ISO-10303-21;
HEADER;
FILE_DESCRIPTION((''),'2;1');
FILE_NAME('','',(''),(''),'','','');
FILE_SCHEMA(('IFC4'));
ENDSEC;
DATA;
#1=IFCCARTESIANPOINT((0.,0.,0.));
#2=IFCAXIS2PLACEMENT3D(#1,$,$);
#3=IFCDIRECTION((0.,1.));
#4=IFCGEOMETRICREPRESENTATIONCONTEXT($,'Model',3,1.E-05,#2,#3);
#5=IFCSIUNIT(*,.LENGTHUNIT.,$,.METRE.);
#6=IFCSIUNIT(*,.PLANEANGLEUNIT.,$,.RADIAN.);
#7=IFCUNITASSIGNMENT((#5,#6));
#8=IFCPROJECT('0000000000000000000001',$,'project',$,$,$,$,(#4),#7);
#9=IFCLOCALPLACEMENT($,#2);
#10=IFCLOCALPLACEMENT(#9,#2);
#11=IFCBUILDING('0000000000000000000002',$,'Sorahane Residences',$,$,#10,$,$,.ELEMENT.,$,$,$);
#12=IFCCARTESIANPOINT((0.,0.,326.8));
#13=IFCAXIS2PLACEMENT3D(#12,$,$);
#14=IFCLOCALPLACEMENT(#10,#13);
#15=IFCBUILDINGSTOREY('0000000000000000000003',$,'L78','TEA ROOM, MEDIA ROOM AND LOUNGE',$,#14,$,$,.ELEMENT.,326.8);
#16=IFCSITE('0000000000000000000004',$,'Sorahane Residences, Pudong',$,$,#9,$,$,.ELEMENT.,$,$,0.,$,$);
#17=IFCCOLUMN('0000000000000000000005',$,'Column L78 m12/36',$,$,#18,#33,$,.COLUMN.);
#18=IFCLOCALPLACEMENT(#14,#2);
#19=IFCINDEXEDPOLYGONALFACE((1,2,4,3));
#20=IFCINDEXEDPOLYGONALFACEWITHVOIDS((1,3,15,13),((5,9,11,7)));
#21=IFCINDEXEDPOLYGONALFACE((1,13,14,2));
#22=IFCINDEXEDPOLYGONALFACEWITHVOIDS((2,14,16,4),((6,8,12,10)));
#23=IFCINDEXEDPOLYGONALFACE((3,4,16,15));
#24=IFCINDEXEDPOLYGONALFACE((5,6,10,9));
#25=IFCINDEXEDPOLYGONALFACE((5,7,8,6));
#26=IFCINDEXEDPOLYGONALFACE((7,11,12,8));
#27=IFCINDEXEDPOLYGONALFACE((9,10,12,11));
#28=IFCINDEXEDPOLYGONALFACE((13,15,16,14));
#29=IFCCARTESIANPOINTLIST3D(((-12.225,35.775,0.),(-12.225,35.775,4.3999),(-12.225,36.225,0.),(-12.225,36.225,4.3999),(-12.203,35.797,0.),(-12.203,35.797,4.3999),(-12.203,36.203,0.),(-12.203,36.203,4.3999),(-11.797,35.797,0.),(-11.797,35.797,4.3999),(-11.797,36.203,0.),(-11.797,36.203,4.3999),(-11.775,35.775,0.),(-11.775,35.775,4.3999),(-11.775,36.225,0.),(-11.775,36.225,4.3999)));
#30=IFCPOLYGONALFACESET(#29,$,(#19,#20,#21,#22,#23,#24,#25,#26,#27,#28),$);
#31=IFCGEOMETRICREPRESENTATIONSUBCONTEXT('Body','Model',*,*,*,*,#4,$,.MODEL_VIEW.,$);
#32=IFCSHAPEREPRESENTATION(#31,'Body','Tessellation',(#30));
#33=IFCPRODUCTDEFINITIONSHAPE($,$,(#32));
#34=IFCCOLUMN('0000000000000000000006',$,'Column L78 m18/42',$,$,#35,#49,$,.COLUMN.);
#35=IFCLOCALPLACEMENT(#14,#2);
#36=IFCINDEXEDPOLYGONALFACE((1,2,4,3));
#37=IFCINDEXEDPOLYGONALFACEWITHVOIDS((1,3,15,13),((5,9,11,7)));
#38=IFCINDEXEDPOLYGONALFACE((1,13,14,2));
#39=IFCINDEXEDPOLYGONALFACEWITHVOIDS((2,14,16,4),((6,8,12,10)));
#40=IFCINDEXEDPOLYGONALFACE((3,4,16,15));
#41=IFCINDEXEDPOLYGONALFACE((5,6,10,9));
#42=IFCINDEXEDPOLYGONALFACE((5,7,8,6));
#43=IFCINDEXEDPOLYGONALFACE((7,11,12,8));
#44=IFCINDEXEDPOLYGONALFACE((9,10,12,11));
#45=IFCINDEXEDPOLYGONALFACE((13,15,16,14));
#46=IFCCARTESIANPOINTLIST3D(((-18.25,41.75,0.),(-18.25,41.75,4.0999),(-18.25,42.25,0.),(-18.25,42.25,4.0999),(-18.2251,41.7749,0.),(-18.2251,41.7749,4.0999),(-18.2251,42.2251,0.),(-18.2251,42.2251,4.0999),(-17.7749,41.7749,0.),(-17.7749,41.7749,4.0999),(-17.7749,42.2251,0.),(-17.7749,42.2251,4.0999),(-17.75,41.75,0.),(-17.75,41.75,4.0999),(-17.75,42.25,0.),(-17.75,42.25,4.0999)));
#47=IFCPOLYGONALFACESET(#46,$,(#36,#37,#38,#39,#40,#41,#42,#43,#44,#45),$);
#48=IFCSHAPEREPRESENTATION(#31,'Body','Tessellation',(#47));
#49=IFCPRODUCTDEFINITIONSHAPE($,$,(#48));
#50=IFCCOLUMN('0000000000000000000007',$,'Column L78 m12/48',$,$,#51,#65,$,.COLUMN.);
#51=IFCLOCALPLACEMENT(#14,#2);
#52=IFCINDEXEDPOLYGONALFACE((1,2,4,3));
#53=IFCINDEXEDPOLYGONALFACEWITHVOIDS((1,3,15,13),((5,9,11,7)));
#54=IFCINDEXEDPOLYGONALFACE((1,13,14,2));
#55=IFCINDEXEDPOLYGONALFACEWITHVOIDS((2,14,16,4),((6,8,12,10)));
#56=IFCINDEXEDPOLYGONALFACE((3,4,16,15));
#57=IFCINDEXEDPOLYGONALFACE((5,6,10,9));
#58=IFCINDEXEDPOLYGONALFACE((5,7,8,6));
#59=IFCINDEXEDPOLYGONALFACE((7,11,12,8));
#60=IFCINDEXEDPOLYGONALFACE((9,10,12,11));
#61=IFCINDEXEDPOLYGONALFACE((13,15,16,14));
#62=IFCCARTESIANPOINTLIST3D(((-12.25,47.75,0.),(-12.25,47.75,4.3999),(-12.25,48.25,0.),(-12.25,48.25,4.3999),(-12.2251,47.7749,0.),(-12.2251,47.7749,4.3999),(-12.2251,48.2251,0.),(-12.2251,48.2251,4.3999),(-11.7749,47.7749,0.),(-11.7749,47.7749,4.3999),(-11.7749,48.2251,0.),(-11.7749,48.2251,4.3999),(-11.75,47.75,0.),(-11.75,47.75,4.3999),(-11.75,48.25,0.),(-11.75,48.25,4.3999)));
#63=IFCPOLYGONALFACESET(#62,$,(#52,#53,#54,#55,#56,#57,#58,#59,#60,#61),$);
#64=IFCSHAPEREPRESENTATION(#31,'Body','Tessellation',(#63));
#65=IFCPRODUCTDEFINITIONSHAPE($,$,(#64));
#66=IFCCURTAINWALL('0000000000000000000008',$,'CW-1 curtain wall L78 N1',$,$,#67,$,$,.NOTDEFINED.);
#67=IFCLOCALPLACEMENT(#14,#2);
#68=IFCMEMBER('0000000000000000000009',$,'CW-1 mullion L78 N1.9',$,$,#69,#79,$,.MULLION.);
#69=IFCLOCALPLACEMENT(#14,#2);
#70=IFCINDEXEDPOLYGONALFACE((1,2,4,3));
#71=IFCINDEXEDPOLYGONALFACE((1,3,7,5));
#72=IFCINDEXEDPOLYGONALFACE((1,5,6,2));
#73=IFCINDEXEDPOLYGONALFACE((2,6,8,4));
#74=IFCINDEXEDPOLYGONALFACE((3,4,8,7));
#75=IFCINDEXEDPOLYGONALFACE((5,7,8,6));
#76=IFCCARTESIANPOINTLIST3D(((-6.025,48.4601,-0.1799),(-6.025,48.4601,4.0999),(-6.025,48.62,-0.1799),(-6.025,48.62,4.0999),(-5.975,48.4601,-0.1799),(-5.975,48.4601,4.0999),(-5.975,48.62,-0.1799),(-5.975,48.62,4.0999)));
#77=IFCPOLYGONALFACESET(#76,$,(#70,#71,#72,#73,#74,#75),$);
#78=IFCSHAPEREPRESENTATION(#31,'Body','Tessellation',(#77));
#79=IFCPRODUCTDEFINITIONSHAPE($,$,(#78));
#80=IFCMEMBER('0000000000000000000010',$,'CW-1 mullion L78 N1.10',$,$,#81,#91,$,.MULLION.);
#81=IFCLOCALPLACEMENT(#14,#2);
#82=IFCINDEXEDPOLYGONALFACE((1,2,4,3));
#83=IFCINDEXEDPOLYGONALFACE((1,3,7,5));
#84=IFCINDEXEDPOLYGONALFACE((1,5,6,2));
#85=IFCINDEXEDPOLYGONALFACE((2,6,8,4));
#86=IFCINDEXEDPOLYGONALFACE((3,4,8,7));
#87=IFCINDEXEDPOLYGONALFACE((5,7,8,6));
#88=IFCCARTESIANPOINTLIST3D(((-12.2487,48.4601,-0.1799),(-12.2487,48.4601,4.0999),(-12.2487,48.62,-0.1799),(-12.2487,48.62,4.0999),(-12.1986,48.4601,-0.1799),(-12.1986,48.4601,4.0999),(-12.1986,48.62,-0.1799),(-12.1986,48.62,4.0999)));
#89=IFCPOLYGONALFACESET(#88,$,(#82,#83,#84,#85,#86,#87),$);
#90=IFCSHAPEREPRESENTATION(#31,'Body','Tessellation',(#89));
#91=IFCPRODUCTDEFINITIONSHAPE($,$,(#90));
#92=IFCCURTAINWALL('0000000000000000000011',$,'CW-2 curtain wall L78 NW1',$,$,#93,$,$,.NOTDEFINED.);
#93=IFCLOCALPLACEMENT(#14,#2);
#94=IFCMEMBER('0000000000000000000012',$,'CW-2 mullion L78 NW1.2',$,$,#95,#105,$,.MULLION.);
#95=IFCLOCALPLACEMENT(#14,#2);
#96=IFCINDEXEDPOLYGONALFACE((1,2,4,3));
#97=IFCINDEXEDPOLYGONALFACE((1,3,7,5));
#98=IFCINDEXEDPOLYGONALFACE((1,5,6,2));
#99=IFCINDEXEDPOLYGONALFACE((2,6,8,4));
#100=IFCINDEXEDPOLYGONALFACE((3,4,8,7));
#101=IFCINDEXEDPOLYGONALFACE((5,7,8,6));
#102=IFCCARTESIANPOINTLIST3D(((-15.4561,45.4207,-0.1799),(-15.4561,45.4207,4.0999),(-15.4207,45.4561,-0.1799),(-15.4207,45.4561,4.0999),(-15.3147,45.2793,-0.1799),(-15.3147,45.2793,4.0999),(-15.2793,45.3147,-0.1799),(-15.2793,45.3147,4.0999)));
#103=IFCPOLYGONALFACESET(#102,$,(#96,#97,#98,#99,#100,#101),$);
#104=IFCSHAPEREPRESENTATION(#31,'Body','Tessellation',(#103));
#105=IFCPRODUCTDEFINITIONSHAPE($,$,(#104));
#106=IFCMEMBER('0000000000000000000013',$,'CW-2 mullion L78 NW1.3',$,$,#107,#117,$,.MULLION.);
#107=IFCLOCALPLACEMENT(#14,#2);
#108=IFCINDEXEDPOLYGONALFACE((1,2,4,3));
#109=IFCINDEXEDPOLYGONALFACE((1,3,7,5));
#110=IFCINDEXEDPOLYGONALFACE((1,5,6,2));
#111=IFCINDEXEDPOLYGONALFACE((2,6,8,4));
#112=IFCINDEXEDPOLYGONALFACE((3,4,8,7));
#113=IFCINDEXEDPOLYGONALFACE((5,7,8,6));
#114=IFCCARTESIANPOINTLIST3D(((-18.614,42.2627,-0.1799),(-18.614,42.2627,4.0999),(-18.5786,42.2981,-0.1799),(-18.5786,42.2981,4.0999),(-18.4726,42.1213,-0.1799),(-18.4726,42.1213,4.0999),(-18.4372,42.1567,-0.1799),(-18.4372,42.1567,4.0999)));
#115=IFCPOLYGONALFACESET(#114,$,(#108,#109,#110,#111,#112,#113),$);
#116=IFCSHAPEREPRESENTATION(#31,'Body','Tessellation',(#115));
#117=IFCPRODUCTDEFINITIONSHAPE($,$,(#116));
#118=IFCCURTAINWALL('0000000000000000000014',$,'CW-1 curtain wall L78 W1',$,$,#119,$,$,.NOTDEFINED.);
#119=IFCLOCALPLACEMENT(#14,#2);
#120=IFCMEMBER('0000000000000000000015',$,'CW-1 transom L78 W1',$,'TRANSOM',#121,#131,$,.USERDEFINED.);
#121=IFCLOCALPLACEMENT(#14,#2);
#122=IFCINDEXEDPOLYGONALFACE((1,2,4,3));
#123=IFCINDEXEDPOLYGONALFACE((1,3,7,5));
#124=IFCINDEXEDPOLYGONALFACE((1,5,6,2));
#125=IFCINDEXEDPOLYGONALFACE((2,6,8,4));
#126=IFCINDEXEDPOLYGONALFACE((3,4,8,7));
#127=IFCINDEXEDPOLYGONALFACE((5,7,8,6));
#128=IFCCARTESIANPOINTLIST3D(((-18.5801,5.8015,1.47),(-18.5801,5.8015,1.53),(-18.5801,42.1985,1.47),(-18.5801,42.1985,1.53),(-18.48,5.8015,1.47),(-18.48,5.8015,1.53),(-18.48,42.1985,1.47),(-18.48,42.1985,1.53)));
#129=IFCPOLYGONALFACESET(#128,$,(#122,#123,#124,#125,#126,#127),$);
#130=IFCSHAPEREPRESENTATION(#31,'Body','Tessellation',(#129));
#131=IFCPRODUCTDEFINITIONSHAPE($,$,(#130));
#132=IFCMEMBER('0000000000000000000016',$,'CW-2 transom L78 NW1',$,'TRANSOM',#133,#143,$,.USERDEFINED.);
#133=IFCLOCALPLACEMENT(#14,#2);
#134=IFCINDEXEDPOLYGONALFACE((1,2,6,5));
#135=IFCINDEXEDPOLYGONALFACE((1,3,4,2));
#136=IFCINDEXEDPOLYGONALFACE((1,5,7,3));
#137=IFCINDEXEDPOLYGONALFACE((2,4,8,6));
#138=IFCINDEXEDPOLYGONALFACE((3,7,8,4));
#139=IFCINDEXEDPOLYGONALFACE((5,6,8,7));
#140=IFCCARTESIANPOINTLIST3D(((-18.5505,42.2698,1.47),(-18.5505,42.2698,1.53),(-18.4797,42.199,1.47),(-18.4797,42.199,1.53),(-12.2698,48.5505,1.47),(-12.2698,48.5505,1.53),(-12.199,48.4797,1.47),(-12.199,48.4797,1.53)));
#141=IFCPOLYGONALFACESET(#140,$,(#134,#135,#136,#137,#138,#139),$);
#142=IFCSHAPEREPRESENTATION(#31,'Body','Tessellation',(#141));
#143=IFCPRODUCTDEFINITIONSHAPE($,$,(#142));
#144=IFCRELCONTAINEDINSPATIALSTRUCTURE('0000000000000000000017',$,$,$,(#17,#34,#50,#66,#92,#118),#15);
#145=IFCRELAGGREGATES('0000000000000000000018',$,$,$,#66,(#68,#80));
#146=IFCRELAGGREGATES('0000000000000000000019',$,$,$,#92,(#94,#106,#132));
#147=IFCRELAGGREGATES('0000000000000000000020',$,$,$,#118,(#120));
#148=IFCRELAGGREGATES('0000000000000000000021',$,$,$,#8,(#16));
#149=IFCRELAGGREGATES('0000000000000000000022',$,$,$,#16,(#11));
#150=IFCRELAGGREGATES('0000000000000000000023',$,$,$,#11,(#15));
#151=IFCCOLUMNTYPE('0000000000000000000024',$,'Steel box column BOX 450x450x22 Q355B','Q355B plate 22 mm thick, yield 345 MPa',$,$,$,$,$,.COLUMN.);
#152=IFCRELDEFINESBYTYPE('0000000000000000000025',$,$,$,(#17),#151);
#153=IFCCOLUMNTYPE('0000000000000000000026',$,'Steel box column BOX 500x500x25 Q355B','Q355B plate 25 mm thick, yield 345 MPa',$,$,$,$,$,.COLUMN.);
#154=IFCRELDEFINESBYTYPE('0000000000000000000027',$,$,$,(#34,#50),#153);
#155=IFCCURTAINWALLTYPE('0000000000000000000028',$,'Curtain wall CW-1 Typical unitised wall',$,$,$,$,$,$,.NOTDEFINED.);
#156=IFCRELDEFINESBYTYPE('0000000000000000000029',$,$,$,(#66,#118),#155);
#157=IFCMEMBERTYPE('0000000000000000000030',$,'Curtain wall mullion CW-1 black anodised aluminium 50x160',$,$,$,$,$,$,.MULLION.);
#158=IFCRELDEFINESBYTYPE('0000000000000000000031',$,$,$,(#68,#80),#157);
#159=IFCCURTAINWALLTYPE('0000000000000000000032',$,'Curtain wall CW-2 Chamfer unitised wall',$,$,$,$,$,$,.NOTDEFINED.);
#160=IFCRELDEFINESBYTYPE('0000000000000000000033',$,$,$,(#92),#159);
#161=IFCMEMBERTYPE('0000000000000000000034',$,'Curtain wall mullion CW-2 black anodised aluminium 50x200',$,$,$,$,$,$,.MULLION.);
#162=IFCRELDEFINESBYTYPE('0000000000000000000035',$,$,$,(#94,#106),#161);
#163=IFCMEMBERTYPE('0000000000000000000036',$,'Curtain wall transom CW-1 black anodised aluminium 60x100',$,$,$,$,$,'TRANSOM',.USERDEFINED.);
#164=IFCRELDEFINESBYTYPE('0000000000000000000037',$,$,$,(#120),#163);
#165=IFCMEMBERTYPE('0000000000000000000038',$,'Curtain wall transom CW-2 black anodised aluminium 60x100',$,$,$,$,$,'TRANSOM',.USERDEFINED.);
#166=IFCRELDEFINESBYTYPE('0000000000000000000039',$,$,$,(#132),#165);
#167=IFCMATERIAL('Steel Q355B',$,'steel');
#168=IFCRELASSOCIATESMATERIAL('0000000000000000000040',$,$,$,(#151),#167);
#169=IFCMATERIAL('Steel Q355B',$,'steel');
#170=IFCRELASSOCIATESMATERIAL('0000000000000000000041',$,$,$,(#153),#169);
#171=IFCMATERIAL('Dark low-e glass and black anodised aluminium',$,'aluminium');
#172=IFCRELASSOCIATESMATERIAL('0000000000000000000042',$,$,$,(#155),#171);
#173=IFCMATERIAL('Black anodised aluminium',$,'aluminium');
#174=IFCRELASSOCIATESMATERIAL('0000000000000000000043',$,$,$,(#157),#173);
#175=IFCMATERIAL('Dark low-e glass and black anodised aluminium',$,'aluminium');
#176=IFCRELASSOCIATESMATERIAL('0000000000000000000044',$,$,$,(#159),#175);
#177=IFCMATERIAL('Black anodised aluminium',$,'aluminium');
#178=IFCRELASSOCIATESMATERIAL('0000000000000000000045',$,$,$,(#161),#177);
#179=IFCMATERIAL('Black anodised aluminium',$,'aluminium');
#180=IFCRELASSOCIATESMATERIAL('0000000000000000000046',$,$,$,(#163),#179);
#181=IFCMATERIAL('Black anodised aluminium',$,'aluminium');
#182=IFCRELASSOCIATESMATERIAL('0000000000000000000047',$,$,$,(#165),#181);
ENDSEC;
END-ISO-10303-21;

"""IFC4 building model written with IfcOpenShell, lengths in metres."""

from ifc_helpers import new_model, si_unit, direction, frame, origin, origin_2d, place, context, subcontext, project, spatial, rectangle, hollow_rectangle, extrude, material, material_profile, profile_set, type_object, element, aggregate, save


model = new_model("IFC4")

# Units and contexts
model_context = context("Model", 3, precision=1e-05, world=origin(), true_north=direction((0.0, 1.0)))
body_context = subcontext(model_context, "Body", "Model", "MODEL_VIEW")
ifc_project = project(units=[si_unit("LENGTHUNIT", "METRE"), si_unit("PLANEANGLEUNIT", "RADIAN")], contexts=[model_context])

# Site, building, storey
site_placement = place(None, origin())
site = spatial("IfcSite", under=ifc_project, at=site_placement, Name="Sorahane Residences, Pudong", CompositionType="ELEMENT", RefElevation=0.0)
building_placement = place(site_placement, origin())
building = spatial("IfcBuilding", under=site, at=building_placement, Name="Sorahane Residences", CompositionType="ELEMENT")
storey_placement = place(building_placement, frame((0.0, 0.0, 326.8)))
storey = spatial("IfcBuildingStorey", under=building, at=storey_placement, Name="L78", Description="TEA ROOM, MEDIA ROOM AND LOUNGE", CompositionType="ELEMENT", Elevation=326.8)

# Columns
ifc_material_1 = material(Name="Steel Q355B", Category="steel")
ifc_material_profile_1 = material_profile(ifc_material_1, hollow_rectangle(XDim=0.45, YDim=0.45, WallThickness=0.022, at=origin_2d()), Name="BOX 450x450x22")
ifc_profile_set_1 = profile_set([ifc_material_profile_1], Name="Steel Q355B")
column_type_1 = type_object("IfcColumnType", Name="Steel box column BOX 450x450x22 Q355B", Description="Q355B plate 22 mm thick, yield 345 MPa", PredefinedType="COLUMN", material=ifc_profile_set_1)
column_1_placement = place(storey_placement, frame((-12.0, 36.0, 0.0), z_axis=(0.0, 0.0, 1.0), x_axis=(1.0, 0.0, 0.0)))
element("IfcColumn", 1, at=column_1_placement, inside=storey, type_object=column_type_1, Name="Column L78 m12/36", PredefinedType="COLUMN", context=body_context, shape_type="SweptSolid", body=[
    extrude(hollow_rectangle(XDim=0.45, YDim=0.45, WallThickness=0.022, at=origin_2d()), origin(), (0.0, 0.0, 1.0), 4.3999),
])
ifc_material_2 = material(Name="Steel Q355B", Category="steel")
ifc_material_profile_2 = material_profile(ifc_material_2, hollow_rectangle(XDim=0.5, YDim=0.5, WallThickness=0.0249, at=origin_2d()), Name="BOX 500x500x25")
ifc_profile_set_2 = profile_set([ifc_material_profile_2], Name="Steel Q355B")
column_type_2 = type_object("IfcColumnType", Name="Steel box column BOX 500x500x25 Q355B", Description="Q355B plate 25 mm thick, yield 345 MPa", PredefinedType="COLUMN", material=ifc_profile_set_2)
column_2_placement = place(storey_placement, frame((-18.0, 42.0, 0.0), z_axis=(0.0, 0.0, 1.0), x_axis=(1.0, 0.0, 0.0)))
element("IfcColumn", 2, at=column_2_placement, inside=storey, type_object=column_type_2, Name="Column L78 m18/42", PredefinedType="COLUMN", context=body_context, shape_type="SweptSolid", body=[
    extrude(hollow_rectangle(XDim=0.5, YDim=0.5, WallThickness=0.0249, at=origin_2d()), origin(), (0.0, 0.0, 1.0), 4.0999),
])
column_3_placement = place(storey_placement, frame((-12.0, 48.0, 0.0), z_axis=(0.0, 0.0, 1.0), x_axis=(1.0, 0.0, 0.0)))
element("IfcColumn", 3, at=column_3_placement, inside=storey, type_object=column_type_2, Name="Column L78 m12/48", PredefinedType="COLUMN", context=body_context, shape_type="SweptSolid", body=[
    extrude(hollow_rectangle(XDim=0.5, YDim=0.5, WallThickness=0.0249, at=origin_2d()), origin(), (0.0, 0.0, 1.0), 4.3999),
])

# Curtain walls, members
ifc_material_3 = material(Name="Dark low-e glass and black anodised aluminium", Category="aluminium")
curtain_wall_type_1 = type_object("IfcCurtainWallType", Name="Curtain wall CW-1 Typical unitised wall", PredefinedType="NOTDEFINED", material=ifc_material_3)
curtain_wall_1_placement = place(storey_placement, origin())
curtain_wall_1 = element("IfcCurtainWall", 4, at=curtain_wall_1_placement, inside=storey, type_object=curtain_wall_type_1, Name="CW-1 curtain wall L78 N1", PredefinedType="NOTDEFINED")
ifc_material_4 = material(Name="Black anodised aluminium", Category="aluminium")
ifc_material_profile_3 = material_profile(ifc_material_4, rectangle(XDim=0.1599, YDim=0.05, at=origin_2d()), Name="Curtain wall mullion CW-1 black anodised aluminium 50x160")
ifc_profile_set_3 = profile_set([ifc_material_profile_3], Name="Black anodised aluminium")
member_type_1 = type_object("IfcMemberType", Name="Curtain wall mullion CW-1 black anodised aluminium 50x160", PredefinedType="MULLION", material=ifc_profile_set_3)
member_1_placement = place(storey_placement, frame((-6.0, 48.54, -0.1799), z_axis=(0.0, 0.0, 1.0), x_axis=(0.0, 1.0, 0.0)))
member_1 = element("IfcMember", 5, at=member_1_placement, type_object=member_type_1, Name="CW-1 mullion L78 N1.9", PredefinedType="MULLION", context=body_context, shape_type="SweptSolid", body=[
    extrude(rectangle(XDim=0.1599, YDim=0.05, at=origin_2d()), origin(), (0.0, 0.0, 1.0), 4.2798),
])
member_2_placement = place(storey_placement, frame((-12.2236, 48.54, -0.1799), z_axis=(0.0, 0.0, 1.0), x_axis=(0.0, 1.0, 0.0)))
member_2 = element("IfcMember", 6, at=member_2_placement, type_object=member_type_1, Name="CW-1 mullion L78 N1.10", PredefinedType="MULLION", context=body_context, shape_type="SweptSolid", body=[
    extrude(rectangle(XDim=0.1599, YDim=0.05, at=origin_2d()), origin(), (0.0, 0.0, 1.0), 4.2798),
])
ifc_material_5 = material(Name="Dark low-e glass and black anodised aluminium", Category="aluminium")
curtain_wall_type_2 = type_object("IfcCurtainWallType", Name="Curtain wall CW-2 Chamfer unitised wall", PredefinedType="NOTDEFINED", material=ifc_material_5)
curtain_wall_2_placement = place(storey_placement, origin())
curtain_wall_2 = element("IfcCurtainWall", 7, at=curtain_wall_2_placement, inside=storey, type_object=curtain_wall_type_2, Name="CW-2 curtain wall L78 NW1", PredefinedType="NOTDEFINED")
ifc_material_6 = material(Name="Black anodised aluminium", Category="aluminium")
ifc_material_profile_4 = material_profile(ifc_material_6, rectangle(XDim=0.2, YDim=0.05, at=origin_2d()), Name="Curtain wall mullion CW-2 black anodised aluminium 50x200")
ifc_profile_set_4 = profile_set([ifc_material_profile_4], Name="Black anodised aluminium")
member_type_2 = type_object("IfcMemberType", Name="Curtain wall mullion CW-2 black anodised aluminium 50x200", PredefinedType="MULLION", material=ifc_profile_set_4)
member_3_placement = place(storey_placement, frame((-15.3677, 45.3677, -0.1799), z_axis=(0.0, 0.0, 1.0), x_axis=(-0.707107, 0.707107, 0.0)))
member_3 = element("IfcMember", 8, at=member_3_placement, type_object=member_type_2, Name="CW-2 mullion L78 NW1.2", PredefinedType="MULLION", context=body_context, shape_type="SweptSolid", body=[
    extrude(rectangle(XDim=0.2, YDim=0.05, at=origin_2d()), origin(), (0.0, 0.0, 1.0), 4.2798),
])
member_4_placement = place(storey_placement, frame((-18.5256, 42.2097, -0.1799), z_axis=(0.0, 0.0, 1.0), x_axis=(-0.707107, 0.707107, 0.0)))
member_4 = element("IfcMember", 9, at=member_4_placement, type_object=member_type_2, Name="CW-2 mullion L78 NW1.3", PredefinedType="MULLION", context=body_context, shape_type="SweptSolid", body=[
    extrude(rectangle(XDim=0.2, YDim=0.05, at=origin_2d()), origin(), (0.0, 0.0, 1.0), 4.2798),
])

# Curtain wall, member
curtain_wall_3_placement = place(storey_placement, origin())
curtain_wall_3 = element("IfcCurtainWall", 10, at=curtain_wall_3_placement, inside=storey, type_object=curtain_wall_type_1, Name="CW-1 curtain wall L78 W1", PredefinedType="NOTDEFINED")
ifc_material_7 = material(Name="Black anodised aluminium", Category="aluminium")
ifc_material_profile_5 = material_profile(ifc_material_7, rectangle(XDim=0.1001, YDim=0.0601, at=origin_2d()), Name="Curtain wall transom CW-1 black anodised aluminium 60x100")
ifc_profile_set_5 = profile_set([ifc_material_profile_5], Name="Black anodised aluminium")
member_type_3 = type_object("IfcMemberType", Name="Curtain wall transom CW-1 black anodised aluminium 60x100", ElementType="TRANSOM", PredefinedType="USERDEFINED", material=ifc_profile_set_5)
member_5_placement = place(storey_placement, frame((-18.53, 42.1985, 1.5), z_axis=(0.0, -1.0, 0.0), x_axis=(1.0, 0.0, 0.0)))
member_5 = element("IfcMember", 11, at=member_5_placement, type_object=member_type_3, Name="CW-1 transom L78 W1", ObjectType="TRANSOM", PredefinedType="USERDEFINED", context=body_context, shape_type="SweptSolid", body=[
    extrude(rectangle(XDim=0.1001, YDim=0.0601, at=origin_2d()), origin(), (0.0, 0.0, 1.0), 36.397),
])

# Member
ifc_material_8 = material(Name="Black anodised aluminium", Category="aluminium")
ifc_material_profile_6 = material_profile(ifc_material_8, rectangle(XDim=0.1001, YDim=0.0601, at=origin_2d()), Name="Curtain wall transom CW-2 black anodised aluminium 60x100")
ifc_profile_set_6 = profile_set([ifc_material_profile_6], Name="Black anodised aluminium")
member_type_4 = type_object("IfcMemberType", Name="Curtain wall transom CW-2 black anodised aluminium 60x100", ElementType="TRANSOM", PredefinedType="USERDEFINED", material=ifc_profile_set_6)
member_6_placement = place(storey_placement, frame((-12.2344, 48.5151, 1.5), z_axis=(-0.707107, -0.707107, 0.0), x_axis=(0.707107, -0.707107, 0.0)))
member_6 = element("IfcMember", 12, at=member_6_placement, type_object=member_type_4, Name="CW-2 transom L78 NW1", ObjectType="TRANSOM", PredefinedType="USERDEFINED", context=body_context, shape_type="SweptSolid", body=[
    extrude(rectangle(XDim=0.1001, YDim=0.0601, at=origin_2d()), origin(), (0.0, 0.0, 1.0), 8.8823),
])

aggregate(curtain_wall_1, [member_1, member_2])
aggregate(curtain_wall_2, [member_3, member_4, member_6])
aggregate(curtain_wall_3, [member_5])

save(model, "model.ifc")
